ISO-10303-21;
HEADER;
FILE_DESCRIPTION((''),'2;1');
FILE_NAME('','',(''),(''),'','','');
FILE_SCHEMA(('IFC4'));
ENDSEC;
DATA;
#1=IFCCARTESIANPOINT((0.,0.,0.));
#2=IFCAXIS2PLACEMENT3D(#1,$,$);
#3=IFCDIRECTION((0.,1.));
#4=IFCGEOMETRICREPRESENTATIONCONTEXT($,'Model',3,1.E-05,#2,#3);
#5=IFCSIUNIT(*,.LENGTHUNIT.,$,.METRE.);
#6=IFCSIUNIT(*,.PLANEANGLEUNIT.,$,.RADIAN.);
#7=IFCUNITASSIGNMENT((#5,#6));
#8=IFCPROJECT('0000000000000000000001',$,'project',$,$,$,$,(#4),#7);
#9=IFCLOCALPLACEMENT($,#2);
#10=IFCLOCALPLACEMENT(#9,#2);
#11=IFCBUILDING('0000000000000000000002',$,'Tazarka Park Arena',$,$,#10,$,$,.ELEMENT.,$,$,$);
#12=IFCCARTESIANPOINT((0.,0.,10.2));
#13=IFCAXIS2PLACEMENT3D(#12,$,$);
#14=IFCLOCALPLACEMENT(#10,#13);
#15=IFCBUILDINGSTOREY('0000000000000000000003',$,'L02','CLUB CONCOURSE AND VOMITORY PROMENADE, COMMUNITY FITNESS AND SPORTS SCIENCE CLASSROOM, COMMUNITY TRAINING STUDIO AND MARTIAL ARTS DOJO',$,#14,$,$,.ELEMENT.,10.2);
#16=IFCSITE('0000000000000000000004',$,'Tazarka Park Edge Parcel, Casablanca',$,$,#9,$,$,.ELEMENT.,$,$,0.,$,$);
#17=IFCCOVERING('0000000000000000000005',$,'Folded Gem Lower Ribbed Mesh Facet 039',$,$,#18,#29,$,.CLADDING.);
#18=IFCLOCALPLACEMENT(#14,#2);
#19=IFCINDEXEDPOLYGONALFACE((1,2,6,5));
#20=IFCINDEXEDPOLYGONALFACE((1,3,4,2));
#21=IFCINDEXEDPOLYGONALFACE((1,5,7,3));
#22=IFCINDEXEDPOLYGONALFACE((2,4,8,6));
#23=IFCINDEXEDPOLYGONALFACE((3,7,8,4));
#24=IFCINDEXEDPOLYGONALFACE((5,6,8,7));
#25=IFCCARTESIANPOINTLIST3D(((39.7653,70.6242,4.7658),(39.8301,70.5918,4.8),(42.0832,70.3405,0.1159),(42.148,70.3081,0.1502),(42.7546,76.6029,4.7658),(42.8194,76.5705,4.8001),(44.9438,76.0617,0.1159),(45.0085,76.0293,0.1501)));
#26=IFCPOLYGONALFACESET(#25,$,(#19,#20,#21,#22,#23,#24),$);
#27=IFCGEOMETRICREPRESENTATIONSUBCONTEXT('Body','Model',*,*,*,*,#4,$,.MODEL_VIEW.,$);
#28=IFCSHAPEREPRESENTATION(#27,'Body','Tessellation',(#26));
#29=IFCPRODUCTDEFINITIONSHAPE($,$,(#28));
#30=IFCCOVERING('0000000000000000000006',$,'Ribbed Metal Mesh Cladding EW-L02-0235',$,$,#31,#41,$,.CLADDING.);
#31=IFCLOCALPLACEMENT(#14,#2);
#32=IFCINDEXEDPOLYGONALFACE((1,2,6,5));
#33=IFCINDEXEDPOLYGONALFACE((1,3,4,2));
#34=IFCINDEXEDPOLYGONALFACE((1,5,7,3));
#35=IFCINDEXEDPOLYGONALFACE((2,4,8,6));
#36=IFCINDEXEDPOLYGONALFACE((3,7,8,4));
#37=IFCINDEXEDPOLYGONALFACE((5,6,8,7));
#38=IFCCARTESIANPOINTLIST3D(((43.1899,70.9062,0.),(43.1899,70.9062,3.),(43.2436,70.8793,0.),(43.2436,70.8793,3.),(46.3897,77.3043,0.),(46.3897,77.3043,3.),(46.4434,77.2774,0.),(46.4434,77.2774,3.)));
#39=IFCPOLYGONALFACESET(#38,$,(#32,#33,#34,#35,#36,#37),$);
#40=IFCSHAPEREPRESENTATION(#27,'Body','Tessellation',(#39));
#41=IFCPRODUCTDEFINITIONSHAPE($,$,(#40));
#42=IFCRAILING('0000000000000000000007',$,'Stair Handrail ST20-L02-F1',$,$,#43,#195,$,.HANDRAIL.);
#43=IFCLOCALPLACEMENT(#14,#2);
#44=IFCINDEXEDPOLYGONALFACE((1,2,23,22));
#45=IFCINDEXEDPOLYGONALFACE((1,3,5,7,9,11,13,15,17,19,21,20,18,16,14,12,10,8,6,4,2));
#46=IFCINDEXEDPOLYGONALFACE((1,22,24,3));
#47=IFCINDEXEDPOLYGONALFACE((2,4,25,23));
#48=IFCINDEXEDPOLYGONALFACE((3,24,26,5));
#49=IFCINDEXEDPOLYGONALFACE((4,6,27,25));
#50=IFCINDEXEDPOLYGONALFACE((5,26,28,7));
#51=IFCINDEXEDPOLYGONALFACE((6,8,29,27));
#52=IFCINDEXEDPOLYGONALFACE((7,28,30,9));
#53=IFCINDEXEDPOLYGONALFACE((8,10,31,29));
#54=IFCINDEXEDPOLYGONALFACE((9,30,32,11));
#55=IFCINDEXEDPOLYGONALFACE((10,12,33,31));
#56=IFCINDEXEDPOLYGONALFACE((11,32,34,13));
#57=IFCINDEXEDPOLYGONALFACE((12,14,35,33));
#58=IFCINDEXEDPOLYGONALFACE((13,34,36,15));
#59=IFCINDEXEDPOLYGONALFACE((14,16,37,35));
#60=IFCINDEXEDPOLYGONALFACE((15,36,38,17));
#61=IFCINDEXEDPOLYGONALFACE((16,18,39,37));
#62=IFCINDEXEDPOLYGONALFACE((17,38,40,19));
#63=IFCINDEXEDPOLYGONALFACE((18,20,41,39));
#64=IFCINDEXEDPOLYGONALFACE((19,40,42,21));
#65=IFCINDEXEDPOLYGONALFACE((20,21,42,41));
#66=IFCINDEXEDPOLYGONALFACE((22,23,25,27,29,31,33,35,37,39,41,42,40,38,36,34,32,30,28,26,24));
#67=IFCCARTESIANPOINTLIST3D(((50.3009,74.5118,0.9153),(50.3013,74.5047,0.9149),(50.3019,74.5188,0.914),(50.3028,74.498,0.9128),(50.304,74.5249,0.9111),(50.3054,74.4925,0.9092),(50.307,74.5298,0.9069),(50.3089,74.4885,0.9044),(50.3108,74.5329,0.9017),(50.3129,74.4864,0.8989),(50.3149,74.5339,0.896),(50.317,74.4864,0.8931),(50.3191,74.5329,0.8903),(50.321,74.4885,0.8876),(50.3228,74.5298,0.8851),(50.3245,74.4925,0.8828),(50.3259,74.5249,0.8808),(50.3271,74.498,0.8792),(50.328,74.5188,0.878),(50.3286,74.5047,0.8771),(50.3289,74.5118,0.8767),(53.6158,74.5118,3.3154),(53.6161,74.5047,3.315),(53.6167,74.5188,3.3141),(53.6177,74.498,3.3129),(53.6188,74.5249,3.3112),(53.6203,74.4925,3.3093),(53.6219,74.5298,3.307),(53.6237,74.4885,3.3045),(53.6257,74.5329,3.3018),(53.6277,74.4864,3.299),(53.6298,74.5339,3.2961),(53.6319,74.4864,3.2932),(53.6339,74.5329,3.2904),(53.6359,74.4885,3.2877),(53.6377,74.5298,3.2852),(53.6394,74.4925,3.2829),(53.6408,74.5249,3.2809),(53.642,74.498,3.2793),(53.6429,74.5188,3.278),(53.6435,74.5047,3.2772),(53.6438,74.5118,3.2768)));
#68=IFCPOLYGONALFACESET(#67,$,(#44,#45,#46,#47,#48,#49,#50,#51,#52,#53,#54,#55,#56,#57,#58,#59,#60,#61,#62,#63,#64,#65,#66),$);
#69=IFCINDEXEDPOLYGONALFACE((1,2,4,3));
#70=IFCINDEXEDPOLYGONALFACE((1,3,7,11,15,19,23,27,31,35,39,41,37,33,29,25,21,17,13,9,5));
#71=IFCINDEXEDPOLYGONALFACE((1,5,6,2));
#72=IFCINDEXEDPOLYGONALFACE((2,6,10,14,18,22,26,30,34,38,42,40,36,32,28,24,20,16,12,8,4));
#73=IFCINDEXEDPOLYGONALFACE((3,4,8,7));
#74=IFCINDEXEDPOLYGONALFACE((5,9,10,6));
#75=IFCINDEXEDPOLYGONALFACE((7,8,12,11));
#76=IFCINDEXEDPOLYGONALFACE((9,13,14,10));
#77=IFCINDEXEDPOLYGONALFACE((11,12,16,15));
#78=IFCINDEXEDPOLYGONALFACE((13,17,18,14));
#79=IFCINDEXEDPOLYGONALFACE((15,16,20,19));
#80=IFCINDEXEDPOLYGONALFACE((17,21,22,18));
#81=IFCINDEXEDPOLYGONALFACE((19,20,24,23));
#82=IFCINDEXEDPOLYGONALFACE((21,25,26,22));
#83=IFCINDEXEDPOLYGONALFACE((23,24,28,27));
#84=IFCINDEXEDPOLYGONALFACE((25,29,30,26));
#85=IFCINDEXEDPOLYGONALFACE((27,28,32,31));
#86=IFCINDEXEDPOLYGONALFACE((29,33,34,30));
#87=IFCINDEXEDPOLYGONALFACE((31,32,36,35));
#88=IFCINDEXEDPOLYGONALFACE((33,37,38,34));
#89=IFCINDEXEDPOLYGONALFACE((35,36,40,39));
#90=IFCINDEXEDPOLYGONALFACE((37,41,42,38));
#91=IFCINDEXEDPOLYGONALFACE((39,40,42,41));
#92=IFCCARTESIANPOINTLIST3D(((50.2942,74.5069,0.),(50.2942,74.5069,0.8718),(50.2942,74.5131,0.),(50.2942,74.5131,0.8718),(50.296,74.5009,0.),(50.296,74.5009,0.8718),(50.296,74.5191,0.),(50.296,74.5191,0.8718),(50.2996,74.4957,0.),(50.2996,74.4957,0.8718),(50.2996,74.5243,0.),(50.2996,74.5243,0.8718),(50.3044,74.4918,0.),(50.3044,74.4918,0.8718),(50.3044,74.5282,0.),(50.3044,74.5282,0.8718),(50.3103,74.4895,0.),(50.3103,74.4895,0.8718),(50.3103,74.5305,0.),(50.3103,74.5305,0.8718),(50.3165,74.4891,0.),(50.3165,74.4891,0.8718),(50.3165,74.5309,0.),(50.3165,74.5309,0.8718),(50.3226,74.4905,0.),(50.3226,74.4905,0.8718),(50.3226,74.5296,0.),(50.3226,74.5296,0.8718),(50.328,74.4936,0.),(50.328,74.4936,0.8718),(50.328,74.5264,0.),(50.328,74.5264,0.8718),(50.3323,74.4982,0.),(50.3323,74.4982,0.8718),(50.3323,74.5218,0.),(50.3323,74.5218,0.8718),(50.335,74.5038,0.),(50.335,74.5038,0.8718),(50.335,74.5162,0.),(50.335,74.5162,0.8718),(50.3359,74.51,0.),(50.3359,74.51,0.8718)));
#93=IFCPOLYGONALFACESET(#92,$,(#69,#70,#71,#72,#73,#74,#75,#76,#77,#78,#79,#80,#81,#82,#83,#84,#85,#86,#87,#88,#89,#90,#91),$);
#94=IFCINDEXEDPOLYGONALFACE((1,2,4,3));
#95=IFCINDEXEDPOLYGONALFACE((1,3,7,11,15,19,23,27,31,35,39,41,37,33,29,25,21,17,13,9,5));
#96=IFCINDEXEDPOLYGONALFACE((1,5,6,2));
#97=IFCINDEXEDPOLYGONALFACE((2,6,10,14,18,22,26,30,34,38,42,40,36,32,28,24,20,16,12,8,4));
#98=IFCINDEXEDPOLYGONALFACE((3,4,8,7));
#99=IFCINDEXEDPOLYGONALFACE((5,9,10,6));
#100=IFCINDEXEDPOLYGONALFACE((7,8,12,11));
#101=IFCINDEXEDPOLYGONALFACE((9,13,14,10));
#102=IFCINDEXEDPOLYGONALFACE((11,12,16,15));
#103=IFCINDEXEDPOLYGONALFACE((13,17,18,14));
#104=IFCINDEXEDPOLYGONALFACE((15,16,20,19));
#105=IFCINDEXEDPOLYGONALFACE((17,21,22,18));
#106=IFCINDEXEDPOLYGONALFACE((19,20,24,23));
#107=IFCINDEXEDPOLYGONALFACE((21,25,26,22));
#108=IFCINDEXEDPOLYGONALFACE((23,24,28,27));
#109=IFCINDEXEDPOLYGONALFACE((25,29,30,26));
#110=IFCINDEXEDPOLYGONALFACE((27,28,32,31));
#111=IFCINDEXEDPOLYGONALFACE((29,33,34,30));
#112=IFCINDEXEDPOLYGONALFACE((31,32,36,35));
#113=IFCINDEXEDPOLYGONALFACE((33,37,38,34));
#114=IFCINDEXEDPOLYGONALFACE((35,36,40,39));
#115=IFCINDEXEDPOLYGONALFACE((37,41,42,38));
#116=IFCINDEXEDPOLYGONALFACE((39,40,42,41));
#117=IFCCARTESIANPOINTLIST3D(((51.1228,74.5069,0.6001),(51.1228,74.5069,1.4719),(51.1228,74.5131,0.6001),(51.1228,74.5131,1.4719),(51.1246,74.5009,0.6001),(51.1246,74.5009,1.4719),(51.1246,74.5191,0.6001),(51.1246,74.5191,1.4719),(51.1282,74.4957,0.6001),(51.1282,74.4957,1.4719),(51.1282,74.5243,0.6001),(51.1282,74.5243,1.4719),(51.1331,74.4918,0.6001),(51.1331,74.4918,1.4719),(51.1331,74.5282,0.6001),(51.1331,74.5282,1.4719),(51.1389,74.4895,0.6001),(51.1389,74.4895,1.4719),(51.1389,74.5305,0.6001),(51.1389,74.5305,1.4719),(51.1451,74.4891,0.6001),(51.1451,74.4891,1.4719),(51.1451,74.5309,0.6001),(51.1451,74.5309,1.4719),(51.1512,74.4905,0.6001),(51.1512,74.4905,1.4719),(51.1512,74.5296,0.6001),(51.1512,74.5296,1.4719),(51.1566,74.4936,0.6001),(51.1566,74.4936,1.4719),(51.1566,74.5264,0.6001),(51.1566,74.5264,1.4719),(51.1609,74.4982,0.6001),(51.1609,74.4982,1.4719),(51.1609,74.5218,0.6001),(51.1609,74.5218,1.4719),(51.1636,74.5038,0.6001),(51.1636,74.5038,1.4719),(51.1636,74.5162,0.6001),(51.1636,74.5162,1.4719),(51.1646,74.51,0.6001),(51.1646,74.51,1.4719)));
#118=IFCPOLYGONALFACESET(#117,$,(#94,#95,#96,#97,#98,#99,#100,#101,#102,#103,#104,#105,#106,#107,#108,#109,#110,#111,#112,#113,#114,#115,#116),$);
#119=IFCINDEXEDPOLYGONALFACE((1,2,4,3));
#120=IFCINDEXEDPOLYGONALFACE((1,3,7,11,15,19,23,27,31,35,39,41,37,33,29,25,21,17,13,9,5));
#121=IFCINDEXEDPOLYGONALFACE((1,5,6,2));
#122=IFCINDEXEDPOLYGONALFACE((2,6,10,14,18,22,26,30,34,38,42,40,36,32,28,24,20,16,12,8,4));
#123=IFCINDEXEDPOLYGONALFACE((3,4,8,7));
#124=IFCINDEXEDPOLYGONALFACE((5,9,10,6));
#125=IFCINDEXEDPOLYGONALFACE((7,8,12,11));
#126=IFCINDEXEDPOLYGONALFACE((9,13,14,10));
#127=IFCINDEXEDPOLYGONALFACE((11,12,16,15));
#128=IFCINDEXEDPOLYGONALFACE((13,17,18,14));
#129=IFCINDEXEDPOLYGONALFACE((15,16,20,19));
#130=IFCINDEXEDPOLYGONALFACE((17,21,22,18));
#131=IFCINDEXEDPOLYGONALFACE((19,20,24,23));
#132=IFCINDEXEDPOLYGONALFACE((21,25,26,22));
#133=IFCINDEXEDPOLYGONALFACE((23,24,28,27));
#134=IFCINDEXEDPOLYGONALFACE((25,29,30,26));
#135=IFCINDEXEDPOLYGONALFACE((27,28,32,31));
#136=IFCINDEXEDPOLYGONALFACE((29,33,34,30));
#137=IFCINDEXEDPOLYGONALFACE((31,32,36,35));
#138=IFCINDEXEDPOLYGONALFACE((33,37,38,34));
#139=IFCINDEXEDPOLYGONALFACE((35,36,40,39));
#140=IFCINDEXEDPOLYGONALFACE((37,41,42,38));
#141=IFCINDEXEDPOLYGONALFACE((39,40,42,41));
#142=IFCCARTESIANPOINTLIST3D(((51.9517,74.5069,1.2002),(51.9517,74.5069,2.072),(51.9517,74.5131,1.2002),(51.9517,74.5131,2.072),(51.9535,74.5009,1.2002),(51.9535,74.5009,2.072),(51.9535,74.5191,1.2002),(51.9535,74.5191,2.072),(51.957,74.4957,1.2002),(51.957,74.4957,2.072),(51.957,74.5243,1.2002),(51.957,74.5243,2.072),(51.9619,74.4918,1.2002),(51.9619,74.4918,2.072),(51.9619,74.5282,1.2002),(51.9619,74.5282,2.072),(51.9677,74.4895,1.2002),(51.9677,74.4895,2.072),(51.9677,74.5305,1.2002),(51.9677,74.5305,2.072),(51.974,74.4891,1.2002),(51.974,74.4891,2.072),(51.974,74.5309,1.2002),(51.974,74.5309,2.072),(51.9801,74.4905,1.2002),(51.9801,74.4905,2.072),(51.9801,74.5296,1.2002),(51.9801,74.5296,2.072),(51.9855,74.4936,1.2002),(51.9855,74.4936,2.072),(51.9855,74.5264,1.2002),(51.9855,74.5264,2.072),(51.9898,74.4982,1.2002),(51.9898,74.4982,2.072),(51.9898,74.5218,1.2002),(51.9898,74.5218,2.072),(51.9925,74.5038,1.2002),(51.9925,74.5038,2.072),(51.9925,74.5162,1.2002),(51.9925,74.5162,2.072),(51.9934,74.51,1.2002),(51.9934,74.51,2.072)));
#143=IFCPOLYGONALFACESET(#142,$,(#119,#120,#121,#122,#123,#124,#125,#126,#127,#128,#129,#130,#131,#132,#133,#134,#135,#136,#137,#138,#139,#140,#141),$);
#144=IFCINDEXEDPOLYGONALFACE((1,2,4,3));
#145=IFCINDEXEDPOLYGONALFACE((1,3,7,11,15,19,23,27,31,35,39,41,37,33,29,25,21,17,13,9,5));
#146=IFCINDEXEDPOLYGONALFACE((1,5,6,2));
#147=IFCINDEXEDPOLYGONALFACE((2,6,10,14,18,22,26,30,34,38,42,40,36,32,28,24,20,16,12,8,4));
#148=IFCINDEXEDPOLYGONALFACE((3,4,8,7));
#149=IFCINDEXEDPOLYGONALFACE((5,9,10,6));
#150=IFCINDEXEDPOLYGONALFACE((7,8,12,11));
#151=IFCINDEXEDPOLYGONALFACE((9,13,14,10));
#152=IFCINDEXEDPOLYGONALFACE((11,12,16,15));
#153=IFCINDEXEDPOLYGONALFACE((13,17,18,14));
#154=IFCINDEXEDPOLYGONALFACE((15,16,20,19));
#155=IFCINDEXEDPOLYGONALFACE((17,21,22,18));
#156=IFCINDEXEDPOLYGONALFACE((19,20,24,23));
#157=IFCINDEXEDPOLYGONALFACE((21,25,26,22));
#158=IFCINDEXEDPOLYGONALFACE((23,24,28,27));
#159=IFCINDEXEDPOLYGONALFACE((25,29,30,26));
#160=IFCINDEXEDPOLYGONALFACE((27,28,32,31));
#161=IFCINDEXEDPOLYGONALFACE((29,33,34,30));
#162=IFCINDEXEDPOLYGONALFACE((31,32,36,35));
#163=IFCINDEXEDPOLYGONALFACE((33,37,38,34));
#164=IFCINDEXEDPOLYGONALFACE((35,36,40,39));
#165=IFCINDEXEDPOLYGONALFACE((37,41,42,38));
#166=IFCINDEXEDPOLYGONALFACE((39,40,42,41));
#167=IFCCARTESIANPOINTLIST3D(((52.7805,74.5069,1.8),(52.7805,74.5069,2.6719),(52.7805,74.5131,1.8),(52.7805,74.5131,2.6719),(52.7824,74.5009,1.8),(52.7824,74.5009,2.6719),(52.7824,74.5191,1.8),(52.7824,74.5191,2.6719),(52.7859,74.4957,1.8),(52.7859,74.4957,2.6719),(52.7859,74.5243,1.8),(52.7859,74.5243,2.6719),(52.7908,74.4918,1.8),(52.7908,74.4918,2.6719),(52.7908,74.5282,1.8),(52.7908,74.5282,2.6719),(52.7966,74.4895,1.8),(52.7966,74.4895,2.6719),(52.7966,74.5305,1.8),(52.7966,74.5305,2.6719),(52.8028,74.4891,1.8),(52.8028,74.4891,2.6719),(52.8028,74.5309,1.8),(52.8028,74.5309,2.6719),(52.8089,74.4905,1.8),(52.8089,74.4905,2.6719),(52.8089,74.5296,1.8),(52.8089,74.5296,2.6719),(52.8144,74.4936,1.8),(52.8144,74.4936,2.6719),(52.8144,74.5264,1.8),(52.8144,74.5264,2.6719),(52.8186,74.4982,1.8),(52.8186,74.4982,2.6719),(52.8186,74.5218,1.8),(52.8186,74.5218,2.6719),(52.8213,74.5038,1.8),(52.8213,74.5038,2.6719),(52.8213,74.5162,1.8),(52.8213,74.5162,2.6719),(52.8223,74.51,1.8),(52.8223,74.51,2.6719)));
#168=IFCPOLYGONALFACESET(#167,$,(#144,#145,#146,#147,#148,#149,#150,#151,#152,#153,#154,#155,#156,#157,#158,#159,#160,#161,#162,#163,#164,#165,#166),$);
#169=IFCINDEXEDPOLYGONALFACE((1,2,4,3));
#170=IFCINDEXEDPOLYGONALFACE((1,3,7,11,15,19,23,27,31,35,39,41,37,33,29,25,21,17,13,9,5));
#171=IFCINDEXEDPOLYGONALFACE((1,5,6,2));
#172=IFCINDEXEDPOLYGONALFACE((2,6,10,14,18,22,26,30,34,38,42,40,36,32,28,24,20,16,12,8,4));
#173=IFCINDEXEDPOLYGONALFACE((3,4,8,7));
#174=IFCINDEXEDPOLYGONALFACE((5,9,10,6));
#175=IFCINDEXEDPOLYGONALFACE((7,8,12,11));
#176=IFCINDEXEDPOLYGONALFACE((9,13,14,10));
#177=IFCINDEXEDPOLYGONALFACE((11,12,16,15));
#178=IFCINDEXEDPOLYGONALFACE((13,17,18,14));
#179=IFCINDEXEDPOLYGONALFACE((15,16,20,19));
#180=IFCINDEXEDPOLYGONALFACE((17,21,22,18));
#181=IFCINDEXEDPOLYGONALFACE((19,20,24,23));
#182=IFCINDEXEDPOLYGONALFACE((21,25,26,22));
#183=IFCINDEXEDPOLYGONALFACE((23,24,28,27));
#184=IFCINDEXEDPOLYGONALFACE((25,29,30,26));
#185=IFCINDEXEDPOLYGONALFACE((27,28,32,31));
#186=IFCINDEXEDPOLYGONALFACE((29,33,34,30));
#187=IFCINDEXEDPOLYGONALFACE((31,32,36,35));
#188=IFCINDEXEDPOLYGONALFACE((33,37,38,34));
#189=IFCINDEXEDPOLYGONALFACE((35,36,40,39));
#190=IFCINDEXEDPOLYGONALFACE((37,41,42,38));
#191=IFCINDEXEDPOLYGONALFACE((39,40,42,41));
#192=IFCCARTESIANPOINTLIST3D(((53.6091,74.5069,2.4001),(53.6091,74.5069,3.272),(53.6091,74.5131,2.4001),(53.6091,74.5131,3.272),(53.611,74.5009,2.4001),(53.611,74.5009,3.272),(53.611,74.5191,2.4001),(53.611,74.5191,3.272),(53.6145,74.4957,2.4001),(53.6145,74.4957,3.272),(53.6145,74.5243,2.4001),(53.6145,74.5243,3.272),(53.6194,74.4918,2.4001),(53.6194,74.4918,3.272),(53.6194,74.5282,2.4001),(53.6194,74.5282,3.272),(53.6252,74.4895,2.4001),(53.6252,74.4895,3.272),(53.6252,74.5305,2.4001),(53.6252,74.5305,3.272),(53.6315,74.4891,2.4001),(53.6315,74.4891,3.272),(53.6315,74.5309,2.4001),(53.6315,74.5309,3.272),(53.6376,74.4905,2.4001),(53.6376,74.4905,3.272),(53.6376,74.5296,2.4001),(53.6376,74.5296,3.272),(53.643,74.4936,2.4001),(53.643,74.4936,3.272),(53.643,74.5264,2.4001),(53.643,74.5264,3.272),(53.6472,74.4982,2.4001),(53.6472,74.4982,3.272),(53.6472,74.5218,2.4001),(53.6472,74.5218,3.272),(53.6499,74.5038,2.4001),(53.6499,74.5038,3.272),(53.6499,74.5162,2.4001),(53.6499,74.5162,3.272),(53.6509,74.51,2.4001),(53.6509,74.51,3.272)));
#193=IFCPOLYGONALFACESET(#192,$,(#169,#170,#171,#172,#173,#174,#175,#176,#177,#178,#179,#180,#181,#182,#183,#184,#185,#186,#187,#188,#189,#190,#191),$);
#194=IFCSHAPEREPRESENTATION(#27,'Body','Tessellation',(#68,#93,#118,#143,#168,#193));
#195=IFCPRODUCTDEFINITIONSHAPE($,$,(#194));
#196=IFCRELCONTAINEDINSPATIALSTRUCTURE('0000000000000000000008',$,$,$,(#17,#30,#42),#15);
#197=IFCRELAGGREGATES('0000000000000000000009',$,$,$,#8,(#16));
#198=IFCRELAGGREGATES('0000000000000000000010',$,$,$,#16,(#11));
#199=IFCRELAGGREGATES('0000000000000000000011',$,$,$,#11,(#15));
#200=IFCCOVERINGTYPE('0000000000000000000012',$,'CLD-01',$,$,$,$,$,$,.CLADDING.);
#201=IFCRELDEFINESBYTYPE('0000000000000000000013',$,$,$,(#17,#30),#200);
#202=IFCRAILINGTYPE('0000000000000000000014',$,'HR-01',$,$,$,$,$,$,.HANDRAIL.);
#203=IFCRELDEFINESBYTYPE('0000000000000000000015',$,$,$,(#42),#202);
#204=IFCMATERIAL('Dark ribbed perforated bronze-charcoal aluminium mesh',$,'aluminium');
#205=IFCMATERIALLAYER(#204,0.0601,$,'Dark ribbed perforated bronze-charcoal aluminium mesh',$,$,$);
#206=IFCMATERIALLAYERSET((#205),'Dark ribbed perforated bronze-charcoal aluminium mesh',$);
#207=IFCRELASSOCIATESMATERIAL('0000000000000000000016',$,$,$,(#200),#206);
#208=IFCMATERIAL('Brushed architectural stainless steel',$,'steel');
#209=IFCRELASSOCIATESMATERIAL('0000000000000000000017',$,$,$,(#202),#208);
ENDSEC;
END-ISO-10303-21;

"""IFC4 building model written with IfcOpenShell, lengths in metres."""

from ifc_helpers import new_model, si_unit, direction, frame, origin, origin_2d, place, context, subcontext, project, spatial, polyline, rectangle, circle, outline, extrude, material, layer, layer_set, type_object, element, save


model = new_model("IFC4")

# Units and contexts
model_context = context("Model", 3, precision=1e-05, world=origin(), true_north=direction((0.0, 1.0)))
body_context = subcontext(model_context, "Body", "Model", "MODEL_VIEW")
ifc_project = project(units=[si_unit("LENGTHUNIT", "METRE"), si_unit("PLANEANGLEUNIT", "RADIAN")], contexts=[model_context])

# Site, building, storey
site_placement = place(None, origin())
site = spatial("IfcSite", under=ifc_project, at=site_placement, Name="Tazarka Park Edge Parcel, Casablanca", CompositionType="ELEMENT", RefElevation=0.0)
building_placement = place(site_placement, origin())
building = spatial("IfcBuilding", under=site, at=building_placement, Name="Tazarka Park Arena", CompositionType="ELEMENT")
storey_placement = place(building_placement, frame((0.0, 0.0, 10.2)))
storey = spatial("IfcBuildingStorey", under=building, at=storey_placement, Name="L02", Description="CLUB CONCOURSE AND VOMITORY PROMENADE, COMMUNITY FITNESS AND SPORTS SCIENCE CLASSROOM, COMMUNITY TRAINING STUDIO AND MARTIAL ARTS DOJO", CompositionType="ELEMENT", Elevation=10.2)

# Coverings
ifc_material_1 = material(Name="Dark ribbed perforated bronze-charcoal aluminium mesh", Category="aluminium")
ifc_layer_1 = layer(ifc_material_1, 0.0601, Name="Dark ribbed perforated bronze-charcoal aluminium mesh")
ifc_layer_set_1 = layer_set([ifc_layer_1], Name="Dark ribbed perforated bronze-charcoal aluminium mesh")
covering_type = type_object("IfcCoveringType", Name="CLD-01", PredefinedType="CLADDING", material=ifc_layer_set_1)
covering_1_placement = place(storey_placement, frame((45.0085, 76.0293, 0.1501), z_axis=(0.808498, -0.404241, 0.427691), x_axis=(-0.447207, -0.89443, 0.000003)))
element("IfcCovering", 1, at=covering_1_placement, inside=storey, type_object=covering_type, Name="Folded Gem Lower Ribbed Mesh Facet 039", PredefinedType="CLADDING", context=body_context, shape_type="SweptSolid", body=[
    extrude(outline(polyline([(0.0, 0.0), (6.3965, 0.0), (7.1793, -5.1441), (0.4949, -5.1441), (0.0, 0.0)])), origin(), (0.0, 0.0, -1.0), 0.0801),
])
covering_2_placement = place(storey_placement, frame((44.8167, 74.0918, 0.0), z_axis=(0.0, 0.0, 1.0), x_axis=(0.447291, 0.894389, 0.0)))
element("IfcCovering", 2, at=covering_2_placement, inside=storey, type_object=covering_type, Name="Ribbed Metal Mesh Cladding EW-L02-0235", PredefinedType="CLADDING", context=body_context, shape_type="SweptSolid", body=[
    extrude(rectangle(XDim=7.1536, YDim=0.0601, at=origin_2d()), origin(), (0.0, 0.0, 1.0), 3.0),
])

# Railing
ifc_material_2 = material(Name="Brushed architectural stainless steel", Category="steel")
railing_type_1 = type_object("IfcRailingType", Name="HR-01", PredefinedType="HANDRAIL", material=ifc_material_2)
railing_1_placement = place(storey_placement, frame((50.3149, 74.51, 0.0)))
element("IfcRailing", 3, at=railing_1_placement, inside=storey, type_object=railing_type_1, Name="Stair Handrail ST20-L02-F1", PredefinedType="HANDRAIL", context=body_context, shape_type="SweptSolid", body=[
    extrude(circle(Radius=0.0239, at=origin_2d()), frame((0.0, 0.0, 0.896), z_axis=(0.80998, 0.0, 0.586457), x_axis=(0.0, 1.0, 0.0)), (0.0, 0.0, 1.0), 4.0925),
    extrude(circle(Radius=0.021, at=origin_2d()), origin(), (0.0, 0.0, 1.0), 0.8718),
    extrude(circle(Radius=0.021, at=origin_2d()), frame((0.8286, 0.0, 0.6001)), (0.0, 0.0, 1.0), 0.8718),
    extrude(circle(Radius=0.021, at=origin_2d()), frame((1.6575, 0.0, 1.2002)), (0.0, 0.0, 1.0), 0.8718),
    extrude(circle(Radius=0.021, at=origin_2d()), frame((2.4863, 0.0, 1.8)), (0.0, 0.0, 1.0), 0.8718),
    extrude(circle(Radius=0.021, at=origin_2d()), frame((3.3149, 0.0, 2.4001)), (0.0, 0.0, 1.0), 0.8718),
])

save(model, "model.ifc")
